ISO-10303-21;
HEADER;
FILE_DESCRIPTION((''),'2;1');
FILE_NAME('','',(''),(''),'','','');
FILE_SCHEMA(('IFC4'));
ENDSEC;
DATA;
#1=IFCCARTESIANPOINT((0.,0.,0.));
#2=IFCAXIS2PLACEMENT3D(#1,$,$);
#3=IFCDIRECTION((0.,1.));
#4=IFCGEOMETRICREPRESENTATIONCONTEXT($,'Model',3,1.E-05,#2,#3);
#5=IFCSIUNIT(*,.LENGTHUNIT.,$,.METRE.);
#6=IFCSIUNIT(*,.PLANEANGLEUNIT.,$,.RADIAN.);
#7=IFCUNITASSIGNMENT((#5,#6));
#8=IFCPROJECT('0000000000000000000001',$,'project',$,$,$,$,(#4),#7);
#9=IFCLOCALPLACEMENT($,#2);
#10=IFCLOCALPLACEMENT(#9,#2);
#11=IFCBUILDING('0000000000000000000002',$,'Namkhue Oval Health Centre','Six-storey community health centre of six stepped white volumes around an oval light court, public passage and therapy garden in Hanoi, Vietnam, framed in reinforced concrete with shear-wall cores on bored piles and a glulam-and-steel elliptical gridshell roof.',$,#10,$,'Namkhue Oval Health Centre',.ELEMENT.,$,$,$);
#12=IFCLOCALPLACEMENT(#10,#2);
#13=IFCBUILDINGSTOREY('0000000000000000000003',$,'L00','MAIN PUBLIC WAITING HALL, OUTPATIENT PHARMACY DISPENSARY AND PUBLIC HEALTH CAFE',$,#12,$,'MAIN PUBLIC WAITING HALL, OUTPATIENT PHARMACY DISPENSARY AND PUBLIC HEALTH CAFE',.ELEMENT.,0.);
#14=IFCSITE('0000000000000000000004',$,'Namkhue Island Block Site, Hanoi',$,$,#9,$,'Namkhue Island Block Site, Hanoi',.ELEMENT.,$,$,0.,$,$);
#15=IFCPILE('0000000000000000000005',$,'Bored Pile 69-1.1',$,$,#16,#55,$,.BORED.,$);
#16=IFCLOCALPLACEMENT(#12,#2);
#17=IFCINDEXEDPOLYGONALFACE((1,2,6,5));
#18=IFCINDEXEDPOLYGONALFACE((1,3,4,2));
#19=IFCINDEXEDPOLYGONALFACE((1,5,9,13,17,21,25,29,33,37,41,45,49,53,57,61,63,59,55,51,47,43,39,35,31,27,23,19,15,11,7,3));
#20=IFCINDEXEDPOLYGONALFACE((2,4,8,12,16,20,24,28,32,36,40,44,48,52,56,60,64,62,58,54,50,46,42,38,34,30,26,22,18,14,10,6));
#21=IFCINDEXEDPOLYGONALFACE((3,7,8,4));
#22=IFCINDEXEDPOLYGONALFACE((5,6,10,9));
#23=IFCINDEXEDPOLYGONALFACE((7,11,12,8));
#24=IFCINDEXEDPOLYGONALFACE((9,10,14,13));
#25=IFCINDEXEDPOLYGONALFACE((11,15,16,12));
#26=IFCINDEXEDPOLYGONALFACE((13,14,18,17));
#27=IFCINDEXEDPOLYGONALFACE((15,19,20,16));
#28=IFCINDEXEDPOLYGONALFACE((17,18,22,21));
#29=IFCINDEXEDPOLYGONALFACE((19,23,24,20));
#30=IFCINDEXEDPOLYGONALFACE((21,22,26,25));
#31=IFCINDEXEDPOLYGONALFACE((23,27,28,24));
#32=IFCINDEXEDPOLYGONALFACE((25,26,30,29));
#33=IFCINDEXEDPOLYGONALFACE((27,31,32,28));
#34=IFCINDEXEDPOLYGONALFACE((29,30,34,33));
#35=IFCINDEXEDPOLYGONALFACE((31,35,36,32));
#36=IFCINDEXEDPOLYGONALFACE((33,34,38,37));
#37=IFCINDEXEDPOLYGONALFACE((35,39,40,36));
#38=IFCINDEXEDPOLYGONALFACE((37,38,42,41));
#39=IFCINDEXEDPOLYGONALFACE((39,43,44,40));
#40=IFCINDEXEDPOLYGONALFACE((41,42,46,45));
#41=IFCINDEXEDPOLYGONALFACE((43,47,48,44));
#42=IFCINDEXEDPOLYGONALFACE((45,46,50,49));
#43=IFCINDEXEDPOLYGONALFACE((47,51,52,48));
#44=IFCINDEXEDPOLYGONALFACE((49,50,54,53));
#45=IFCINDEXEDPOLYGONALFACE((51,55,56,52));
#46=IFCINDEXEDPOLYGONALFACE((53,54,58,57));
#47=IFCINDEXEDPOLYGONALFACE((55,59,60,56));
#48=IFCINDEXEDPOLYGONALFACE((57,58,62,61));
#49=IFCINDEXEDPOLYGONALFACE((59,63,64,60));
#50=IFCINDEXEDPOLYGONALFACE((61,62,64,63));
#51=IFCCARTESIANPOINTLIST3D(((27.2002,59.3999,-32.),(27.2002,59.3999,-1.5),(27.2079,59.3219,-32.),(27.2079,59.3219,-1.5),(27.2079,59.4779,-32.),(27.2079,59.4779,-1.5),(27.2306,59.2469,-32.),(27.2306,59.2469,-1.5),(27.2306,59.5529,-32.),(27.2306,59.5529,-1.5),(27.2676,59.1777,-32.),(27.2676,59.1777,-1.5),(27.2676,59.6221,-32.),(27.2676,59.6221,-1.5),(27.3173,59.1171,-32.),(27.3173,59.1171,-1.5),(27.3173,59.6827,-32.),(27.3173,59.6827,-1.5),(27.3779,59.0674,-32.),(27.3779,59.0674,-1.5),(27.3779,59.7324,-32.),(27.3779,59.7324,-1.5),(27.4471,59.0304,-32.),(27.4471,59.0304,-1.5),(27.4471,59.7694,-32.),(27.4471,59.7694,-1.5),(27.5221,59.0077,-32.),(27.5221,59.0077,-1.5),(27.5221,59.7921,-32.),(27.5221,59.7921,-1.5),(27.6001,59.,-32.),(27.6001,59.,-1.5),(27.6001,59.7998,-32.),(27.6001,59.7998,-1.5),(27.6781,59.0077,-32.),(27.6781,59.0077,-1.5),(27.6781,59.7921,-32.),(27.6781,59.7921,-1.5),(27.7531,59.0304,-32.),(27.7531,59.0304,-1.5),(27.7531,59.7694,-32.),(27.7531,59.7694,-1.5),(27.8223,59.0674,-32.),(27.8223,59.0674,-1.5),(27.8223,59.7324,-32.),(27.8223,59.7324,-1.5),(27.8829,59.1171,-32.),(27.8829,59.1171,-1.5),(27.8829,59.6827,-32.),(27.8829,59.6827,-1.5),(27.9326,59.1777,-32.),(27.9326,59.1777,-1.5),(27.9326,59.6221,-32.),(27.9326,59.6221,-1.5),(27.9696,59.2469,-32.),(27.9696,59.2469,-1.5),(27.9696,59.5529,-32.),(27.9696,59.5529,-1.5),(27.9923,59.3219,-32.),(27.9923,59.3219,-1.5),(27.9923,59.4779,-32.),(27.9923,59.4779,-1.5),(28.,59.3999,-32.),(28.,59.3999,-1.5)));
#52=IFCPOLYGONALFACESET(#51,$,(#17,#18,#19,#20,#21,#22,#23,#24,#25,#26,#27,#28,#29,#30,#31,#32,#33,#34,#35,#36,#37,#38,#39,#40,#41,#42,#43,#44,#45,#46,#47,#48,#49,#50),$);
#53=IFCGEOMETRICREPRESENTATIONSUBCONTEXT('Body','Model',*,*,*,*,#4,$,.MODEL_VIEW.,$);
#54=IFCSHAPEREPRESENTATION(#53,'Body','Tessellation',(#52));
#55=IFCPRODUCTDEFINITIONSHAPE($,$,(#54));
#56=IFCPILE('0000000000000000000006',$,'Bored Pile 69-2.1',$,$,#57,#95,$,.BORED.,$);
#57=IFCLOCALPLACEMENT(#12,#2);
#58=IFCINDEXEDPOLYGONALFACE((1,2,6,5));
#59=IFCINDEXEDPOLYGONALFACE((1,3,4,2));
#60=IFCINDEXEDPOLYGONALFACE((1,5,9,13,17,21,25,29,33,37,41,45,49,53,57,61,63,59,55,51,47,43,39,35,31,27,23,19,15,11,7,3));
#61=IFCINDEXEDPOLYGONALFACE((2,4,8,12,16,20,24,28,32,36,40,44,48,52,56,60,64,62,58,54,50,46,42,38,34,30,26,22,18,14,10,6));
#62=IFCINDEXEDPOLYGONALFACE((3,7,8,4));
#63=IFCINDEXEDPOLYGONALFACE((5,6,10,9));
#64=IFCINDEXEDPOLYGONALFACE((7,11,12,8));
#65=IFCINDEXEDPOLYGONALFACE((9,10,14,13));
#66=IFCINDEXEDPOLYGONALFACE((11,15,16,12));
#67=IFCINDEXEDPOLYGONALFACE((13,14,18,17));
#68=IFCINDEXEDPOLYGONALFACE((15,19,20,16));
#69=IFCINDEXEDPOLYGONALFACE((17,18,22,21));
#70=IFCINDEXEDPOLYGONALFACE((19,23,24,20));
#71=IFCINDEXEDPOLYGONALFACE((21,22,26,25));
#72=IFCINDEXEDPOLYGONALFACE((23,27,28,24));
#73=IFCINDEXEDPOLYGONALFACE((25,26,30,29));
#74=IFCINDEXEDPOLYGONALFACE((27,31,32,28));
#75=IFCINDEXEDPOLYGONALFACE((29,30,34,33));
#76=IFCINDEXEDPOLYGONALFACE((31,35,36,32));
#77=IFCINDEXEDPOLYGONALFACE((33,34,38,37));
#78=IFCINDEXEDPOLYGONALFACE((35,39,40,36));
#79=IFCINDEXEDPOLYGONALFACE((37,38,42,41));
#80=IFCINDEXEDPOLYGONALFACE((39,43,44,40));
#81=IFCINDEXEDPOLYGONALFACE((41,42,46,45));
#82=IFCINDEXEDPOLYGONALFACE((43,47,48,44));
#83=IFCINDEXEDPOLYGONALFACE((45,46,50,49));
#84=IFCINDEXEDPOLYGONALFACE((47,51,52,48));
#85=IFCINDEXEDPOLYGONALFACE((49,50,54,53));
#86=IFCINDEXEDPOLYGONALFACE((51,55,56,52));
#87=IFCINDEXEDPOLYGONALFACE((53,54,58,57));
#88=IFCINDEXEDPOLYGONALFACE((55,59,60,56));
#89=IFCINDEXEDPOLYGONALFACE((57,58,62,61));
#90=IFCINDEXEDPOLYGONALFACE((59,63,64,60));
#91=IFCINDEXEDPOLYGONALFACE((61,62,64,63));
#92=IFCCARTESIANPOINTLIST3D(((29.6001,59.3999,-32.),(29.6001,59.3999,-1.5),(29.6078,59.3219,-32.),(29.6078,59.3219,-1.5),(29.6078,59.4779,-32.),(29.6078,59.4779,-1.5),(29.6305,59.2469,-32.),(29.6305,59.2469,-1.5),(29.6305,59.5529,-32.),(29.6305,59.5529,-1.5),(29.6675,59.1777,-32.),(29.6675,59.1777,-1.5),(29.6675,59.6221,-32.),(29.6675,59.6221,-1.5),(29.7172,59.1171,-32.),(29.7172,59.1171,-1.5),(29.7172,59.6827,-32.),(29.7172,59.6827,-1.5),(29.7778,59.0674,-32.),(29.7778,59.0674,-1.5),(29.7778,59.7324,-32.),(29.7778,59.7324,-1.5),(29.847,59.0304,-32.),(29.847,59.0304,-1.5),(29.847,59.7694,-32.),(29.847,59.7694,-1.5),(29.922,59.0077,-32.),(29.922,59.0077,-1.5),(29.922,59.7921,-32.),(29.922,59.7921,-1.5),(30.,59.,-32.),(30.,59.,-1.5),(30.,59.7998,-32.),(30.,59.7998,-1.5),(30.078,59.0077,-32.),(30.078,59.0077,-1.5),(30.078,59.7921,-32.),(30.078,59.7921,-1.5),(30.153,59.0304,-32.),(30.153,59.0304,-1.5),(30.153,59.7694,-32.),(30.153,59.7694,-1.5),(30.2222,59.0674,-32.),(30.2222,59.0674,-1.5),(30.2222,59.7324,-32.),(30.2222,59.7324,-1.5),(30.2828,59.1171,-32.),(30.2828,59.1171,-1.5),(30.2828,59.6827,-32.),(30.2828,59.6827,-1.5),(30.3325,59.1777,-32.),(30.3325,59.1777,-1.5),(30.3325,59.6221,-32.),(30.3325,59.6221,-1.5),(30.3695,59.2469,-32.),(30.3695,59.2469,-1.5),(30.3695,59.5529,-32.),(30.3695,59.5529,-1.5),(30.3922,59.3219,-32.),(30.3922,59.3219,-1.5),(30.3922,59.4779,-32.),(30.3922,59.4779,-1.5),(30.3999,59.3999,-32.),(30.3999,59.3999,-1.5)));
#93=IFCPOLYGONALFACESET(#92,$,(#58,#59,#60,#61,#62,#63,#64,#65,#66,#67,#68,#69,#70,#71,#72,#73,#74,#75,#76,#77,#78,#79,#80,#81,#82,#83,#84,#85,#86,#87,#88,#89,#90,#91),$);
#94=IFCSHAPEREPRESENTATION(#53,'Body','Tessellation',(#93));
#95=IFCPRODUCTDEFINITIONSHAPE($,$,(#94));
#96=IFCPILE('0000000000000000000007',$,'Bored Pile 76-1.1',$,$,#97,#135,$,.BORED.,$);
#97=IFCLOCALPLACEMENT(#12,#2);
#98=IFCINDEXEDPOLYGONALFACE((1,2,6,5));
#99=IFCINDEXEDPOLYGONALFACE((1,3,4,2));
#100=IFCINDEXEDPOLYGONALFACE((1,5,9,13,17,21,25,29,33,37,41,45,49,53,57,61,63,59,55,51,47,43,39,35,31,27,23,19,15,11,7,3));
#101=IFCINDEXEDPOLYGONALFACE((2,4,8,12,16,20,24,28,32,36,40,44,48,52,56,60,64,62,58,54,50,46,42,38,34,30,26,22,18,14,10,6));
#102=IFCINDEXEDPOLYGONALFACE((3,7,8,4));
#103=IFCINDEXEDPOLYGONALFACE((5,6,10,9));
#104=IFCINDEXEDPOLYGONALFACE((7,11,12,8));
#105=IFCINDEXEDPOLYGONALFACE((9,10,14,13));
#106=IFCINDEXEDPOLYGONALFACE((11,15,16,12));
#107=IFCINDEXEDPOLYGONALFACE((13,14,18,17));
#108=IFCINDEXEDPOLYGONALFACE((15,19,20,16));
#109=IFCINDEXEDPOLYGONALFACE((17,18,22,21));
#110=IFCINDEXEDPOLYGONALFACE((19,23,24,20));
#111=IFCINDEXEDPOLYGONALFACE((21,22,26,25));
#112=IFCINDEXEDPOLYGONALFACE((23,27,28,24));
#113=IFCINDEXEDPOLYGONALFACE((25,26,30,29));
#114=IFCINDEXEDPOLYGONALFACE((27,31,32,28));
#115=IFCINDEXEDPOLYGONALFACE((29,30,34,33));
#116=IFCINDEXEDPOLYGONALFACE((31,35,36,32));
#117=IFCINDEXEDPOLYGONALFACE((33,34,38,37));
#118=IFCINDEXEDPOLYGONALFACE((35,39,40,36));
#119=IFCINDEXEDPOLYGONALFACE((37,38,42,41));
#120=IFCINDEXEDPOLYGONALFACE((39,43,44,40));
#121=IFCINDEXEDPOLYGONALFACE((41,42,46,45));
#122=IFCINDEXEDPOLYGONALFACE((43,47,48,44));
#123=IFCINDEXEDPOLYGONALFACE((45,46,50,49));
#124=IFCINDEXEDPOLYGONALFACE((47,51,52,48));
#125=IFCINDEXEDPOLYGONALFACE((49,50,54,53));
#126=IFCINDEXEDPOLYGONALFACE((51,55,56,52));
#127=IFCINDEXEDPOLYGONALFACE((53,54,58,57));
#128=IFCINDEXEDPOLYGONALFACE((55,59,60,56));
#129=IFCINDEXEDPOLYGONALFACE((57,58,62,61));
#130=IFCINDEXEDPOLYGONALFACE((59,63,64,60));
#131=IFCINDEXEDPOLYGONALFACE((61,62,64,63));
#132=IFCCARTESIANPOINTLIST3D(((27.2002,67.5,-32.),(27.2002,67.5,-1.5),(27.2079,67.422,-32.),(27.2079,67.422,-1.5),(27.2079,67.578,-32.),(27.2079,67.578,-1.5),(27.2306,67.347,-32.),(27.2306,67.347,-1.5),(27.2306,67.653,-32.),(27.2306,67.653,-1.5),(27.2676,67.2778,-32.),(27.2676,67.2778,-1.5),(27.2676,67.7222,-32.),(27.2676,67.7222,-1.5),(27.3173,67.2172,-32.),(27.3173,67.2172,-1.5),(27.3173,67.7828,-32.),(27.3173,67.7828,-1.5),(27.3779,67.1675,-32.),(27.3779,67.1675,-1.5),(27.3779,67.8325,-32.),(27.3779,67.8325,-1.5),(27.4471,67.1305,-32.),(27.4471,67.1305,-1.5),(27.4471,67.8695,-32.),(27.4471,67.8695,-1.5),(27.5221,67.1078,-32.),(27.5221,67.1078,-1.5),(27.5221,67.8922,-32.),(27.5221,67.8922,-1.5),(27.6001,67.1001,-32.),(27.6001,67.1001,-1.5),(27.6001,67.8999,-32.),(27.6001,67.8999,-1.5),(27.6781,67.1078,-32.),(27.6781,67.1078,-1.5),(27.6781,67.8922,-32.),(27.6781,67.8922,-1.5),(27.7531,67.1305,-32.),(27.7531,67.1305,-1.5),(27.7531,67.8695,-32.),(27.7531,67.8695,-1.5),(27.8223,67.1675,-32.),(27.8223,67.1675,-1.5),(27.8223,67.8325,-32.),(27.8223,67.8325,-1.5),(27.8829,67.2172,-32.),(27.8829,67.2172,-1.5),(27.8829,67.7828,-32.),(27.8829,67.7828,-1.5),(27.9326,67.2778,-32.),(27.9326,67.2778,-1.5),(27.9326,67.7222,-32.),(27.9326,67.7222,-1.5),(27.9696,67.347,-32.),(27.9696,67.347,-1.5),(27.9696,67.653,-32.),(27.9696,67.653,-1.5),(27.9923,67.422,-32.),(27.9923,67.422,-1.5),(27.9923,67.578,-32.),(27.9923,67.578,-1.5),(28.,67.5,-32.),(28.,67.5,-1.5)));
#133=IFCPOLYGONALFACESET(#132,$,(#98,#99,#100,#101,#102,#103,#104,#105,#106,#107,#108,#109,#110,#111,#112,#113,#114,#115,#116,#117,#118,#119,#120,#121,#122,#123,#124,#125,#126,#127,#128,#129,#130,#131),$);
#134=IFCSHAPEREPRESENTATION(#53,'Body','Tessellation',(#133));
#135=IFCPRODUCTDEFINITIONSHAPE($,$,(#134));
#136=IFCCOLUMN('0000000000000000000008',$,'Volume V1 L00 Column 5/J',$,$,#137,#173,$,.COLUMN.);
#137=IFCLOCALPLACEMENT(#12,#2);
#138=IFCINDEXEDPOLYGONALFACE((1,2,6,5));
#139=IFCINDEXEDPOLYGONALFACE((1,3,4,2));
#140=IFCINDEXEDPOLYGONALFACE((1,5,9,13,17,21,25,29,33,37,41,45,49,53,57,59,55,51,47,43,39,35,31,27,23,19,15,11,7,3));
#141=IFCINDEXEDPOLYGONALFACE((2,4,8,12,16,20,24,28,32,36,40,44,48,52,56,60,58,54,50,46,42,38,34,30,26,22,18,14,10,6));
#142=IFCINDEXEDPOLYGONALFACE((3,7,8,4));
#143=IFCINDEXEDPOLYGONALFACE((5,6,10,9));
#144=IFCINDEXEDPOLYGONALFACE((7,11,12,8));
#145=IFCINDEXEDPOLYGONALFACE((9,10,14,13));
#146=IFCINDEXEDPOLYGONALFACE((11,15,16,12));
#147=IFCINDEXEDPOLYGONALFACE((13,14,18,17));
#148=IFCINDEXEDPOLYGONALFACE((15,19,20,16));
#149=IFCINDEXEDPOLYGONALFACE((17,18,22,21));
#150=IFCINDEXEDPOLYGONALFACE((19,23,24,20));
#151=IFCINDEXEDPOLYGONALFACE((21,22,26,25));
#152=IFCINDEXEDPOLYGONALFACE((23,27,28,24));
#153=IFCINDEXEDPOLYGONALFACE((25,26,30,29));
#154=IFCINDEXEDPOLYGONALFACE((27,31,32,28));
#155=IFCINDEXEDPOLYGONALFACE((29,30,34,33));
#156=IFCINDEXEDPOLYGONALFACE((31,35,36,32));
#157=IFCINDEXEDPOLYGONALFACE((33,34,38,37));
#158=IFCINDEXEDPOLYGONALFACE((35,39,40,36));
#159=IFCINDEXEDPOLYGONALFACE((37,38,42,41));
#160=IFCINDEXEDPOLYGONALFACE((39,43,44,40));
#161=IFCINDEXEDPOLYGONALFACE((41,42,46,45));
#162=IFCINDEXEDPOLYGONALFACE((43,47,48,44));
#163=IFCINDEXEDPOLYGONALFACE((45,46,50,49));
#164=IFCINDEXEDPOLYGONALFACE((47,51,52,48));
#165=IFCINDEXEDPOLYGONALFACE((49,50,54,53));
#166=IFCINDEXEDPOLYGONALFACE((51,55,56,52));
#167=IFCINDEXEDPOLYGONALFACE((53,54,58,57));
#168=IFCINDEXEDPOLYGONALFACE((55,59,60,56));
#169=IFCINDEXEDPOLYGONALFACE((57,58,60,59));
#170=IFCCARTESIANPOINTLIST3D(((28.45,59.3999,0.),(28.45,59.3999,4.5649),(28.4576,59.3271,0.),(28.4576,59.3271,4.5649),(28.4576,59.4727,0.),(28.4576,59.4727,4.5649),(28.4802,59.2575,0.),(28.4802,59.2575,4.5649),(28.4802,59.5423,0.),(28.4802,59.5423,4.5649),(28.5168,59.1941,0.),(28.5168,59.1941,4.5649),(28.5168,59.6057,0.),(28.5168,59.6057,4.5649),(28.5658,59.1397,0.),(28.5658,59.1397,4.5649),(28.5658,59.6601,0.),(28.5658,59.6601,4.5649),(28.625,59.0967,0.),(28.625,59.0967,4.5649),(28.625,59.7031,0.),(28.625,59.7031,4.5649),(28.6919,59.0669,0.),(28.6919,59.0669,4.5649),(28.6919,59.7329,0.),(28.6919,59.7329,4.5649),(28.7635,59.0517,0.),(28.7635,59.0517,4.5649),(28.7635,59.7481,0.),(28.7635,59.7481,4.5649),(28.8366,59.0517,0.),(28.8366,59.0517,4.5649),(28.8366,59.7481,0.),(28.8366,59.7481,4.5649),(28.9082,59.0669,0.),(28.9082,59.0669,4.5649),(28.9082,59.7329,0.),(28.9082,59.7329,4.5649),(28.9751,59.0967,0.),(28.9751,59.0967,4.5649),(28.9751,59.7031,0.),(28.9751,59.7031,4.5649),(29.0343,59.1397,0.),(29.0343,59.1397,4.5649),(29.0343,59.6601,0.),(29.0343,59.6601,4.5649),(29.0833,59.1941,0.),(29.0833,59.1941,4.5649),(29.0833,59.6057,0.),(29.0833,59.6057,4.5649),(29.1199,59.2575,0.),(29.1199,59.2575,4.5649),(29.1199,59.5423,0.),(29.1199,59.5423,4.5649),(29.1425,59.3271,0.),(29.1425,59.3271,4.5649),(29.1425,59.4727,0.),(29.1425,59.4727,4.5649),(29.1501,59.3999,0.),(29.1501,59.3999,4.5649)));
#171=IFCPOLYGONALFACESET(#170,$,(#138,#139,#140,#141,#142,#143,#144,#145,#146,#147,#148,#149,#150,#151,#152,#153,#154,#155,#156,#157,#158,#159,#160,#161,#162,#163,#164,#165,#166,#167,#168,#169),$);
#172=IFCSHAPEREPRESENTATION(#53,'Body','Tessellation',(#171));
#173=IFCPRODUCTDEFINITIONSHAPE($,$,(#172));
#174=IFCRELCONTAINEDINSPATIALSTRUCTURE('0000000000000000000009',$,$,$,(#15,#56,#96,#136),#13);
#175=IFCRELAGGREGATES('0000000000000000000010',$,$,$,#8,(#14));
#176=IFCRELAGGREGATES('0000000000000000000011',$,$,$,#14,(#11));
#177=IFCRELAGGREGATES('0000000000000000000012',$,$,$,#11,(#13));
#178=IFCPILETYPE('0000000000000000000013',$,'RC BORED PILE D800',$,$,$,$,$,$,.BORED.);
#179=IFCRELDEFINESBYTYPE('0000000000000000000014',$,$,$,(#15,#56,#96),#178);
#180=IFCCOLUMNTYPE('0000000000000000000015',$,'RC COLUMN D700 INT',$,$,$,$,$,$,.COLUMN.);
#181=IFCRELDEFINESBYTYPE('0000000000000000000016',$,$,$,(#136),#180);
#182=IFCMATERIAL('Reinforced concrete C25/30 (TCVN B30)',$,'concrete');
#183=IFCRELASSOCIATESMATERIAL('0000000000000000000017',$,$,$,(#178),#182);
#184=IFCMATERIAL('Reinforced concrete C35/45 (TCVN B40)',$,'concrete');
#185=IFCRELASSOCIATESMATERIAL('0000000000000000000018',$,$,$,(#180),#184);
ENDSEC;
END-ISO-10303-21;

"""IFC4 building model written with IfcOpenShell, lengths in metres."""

from ifc_helpers import new_model, si_unit, direction, frame, origin, origin_2d, place, context, subcontext, project, spatial, circle, extrude, material, material_profile, profile_set, type_object, element, save


model = new_model("IFC4")

# Units and contexts
model_context = context("Model", 3, precision=1e-05, world=origin(), true_north=direction((0.0, 1.0)))
body_context = subcontext(model_context, "Body", "Model", "MODEL_VIEW")
ifc_project = project(units=[si_unit("LENGTHUNIT", "METRE"), si_unit("PLANEANGLEUNIT", "RADIAN")], contexts=[model_context])

# Site, building, storey
site_placement = place(None, origin())
site = spatial("IfcSite", under=ifc_project, at=site_placement, Name="Namkhue Island Block Site, Hanoi", LongName="Namkhue Island Block Site, Hanoi", CompositionType="ELEMENT", RefElevation=0.0)
building_placement = place(site_placement, origin())
building = spatial("IfcBuilding", under=site, at=building_placement, Name="Namkhue Oval Health Centre", Description="Six-storey community health centre of six stepped white volumes around an oval light court, public passage and therapy garden in Hanoi, Vietnam, framed in reinforced concrete with shear-wall cores on bored piles and a glulam-and-steel elliptical gridshell roof.", LongName="Namkhue Oval Health Centre", CompositionType="ELEMENT")
storey_placement = place(building_placement, origin())
storey = spatial("IfcBuildingStorey", under=building, at=storey_placement, Name="L00", Description="MAIN PUBLIC WAITING HALL, OUTPATIENT PHARMACY DISPENSARY AND PUBLIC HEALTH CAFE", LongName="MAIN PUBLIC WAITING HALL, OUTPATIENT PHARMACY DISPENSARY AND PUBLIC HEALTH CAFE", CompositionType="ELEMENT", Elevation=0.0)

# Piles
ifc_material_1 = material(Name="Reinforced concrete C25/30 (TCVN B30)", Category="concrete")
ifc_material_profile_1 = material_profile(ifc_material_1, circle(Radius=0.3999, at=origin_2d()), Name="BORED PILE D800")
ifc_profile_set_1 = profile_set([ifc_material_profile_1], Name="Reinforced concrete C25/30 (TCVN B30)")
pile_type_1 = type_object("IfcPileType", Name="RC BORED PILE D800", PredefinedType="BORED", material=ifc_profile_set_1)
for number, where, z_axis, x_axis, name in (
    (1, (27.6001, 59.3999, -1.5), (0.0, 0.0, -1.0), (1.0, 0.0, 0.0), "Bored Pile 69-1.1"),
    (2, (30.0, 59.3999, -1.5), (0.0, 0.0, -1.0), (1.0, 0.0, 0.0), "Bored Pile 69-2.1"),
    (3, (27.6001, 67.5, -1.5), (0.0, 0.0, -1.0), (1.0, 0.0, 0.0), "Bored Pile 76-1.1"),
):
    element("IfcPile", number, at=place(storey_placement, frame(where, z_axis=z_axis, x_axis=x_axis)), inside=storey, type_object=pile_type_1, Name=name, PredefinedType="BORED", context=body_context, shape_type="SweptSolid", body=[
        extrude(circle(Radius=0.3999, at=origin_2d()), origin(), (0.0, 0.0, 1.0), 30.5),
    ])

# Column
ifc_material_2 = material(Name="Reinforced concrete C35/45 (TCVN B40)", Category="concrete")
ifc_material_profile_2 = material_profile(ifc_material_2, circle(Radius=0.3501, at=origin_2d()), Name="RC D700")
ifc_profile_set_2 = profile_set([ifc_material_profile_2], Name="Reinforced concrete C35/45 (TCVN B40)")
column_type = type_object("IfcColumnType", Name="RC COLUMN D700 INT", PredefinedType="COLUMN", material=ifc_profile_set_2)
column_placement = place(storey_placement, frame((28.8, 59.3999, 0.0), z_axis=(0.0, 0.0, 1.0), x_axis=(1.0, 0.0, 0.0)))
element("IfcColumn", 4, at=column_placement, inside=storey, type_object=column_type, Name="Volume V1 L00 Column 5/J", PredefinedType="COLUMN", context=body_context, shape_type="SweptSolid", body=[
    extrude(circle(Radius=0.3501, at=origin_2d()), origin(), (0.0, 0.0, 1.0), 4.5649),
])

save(model, "model.ifc")
